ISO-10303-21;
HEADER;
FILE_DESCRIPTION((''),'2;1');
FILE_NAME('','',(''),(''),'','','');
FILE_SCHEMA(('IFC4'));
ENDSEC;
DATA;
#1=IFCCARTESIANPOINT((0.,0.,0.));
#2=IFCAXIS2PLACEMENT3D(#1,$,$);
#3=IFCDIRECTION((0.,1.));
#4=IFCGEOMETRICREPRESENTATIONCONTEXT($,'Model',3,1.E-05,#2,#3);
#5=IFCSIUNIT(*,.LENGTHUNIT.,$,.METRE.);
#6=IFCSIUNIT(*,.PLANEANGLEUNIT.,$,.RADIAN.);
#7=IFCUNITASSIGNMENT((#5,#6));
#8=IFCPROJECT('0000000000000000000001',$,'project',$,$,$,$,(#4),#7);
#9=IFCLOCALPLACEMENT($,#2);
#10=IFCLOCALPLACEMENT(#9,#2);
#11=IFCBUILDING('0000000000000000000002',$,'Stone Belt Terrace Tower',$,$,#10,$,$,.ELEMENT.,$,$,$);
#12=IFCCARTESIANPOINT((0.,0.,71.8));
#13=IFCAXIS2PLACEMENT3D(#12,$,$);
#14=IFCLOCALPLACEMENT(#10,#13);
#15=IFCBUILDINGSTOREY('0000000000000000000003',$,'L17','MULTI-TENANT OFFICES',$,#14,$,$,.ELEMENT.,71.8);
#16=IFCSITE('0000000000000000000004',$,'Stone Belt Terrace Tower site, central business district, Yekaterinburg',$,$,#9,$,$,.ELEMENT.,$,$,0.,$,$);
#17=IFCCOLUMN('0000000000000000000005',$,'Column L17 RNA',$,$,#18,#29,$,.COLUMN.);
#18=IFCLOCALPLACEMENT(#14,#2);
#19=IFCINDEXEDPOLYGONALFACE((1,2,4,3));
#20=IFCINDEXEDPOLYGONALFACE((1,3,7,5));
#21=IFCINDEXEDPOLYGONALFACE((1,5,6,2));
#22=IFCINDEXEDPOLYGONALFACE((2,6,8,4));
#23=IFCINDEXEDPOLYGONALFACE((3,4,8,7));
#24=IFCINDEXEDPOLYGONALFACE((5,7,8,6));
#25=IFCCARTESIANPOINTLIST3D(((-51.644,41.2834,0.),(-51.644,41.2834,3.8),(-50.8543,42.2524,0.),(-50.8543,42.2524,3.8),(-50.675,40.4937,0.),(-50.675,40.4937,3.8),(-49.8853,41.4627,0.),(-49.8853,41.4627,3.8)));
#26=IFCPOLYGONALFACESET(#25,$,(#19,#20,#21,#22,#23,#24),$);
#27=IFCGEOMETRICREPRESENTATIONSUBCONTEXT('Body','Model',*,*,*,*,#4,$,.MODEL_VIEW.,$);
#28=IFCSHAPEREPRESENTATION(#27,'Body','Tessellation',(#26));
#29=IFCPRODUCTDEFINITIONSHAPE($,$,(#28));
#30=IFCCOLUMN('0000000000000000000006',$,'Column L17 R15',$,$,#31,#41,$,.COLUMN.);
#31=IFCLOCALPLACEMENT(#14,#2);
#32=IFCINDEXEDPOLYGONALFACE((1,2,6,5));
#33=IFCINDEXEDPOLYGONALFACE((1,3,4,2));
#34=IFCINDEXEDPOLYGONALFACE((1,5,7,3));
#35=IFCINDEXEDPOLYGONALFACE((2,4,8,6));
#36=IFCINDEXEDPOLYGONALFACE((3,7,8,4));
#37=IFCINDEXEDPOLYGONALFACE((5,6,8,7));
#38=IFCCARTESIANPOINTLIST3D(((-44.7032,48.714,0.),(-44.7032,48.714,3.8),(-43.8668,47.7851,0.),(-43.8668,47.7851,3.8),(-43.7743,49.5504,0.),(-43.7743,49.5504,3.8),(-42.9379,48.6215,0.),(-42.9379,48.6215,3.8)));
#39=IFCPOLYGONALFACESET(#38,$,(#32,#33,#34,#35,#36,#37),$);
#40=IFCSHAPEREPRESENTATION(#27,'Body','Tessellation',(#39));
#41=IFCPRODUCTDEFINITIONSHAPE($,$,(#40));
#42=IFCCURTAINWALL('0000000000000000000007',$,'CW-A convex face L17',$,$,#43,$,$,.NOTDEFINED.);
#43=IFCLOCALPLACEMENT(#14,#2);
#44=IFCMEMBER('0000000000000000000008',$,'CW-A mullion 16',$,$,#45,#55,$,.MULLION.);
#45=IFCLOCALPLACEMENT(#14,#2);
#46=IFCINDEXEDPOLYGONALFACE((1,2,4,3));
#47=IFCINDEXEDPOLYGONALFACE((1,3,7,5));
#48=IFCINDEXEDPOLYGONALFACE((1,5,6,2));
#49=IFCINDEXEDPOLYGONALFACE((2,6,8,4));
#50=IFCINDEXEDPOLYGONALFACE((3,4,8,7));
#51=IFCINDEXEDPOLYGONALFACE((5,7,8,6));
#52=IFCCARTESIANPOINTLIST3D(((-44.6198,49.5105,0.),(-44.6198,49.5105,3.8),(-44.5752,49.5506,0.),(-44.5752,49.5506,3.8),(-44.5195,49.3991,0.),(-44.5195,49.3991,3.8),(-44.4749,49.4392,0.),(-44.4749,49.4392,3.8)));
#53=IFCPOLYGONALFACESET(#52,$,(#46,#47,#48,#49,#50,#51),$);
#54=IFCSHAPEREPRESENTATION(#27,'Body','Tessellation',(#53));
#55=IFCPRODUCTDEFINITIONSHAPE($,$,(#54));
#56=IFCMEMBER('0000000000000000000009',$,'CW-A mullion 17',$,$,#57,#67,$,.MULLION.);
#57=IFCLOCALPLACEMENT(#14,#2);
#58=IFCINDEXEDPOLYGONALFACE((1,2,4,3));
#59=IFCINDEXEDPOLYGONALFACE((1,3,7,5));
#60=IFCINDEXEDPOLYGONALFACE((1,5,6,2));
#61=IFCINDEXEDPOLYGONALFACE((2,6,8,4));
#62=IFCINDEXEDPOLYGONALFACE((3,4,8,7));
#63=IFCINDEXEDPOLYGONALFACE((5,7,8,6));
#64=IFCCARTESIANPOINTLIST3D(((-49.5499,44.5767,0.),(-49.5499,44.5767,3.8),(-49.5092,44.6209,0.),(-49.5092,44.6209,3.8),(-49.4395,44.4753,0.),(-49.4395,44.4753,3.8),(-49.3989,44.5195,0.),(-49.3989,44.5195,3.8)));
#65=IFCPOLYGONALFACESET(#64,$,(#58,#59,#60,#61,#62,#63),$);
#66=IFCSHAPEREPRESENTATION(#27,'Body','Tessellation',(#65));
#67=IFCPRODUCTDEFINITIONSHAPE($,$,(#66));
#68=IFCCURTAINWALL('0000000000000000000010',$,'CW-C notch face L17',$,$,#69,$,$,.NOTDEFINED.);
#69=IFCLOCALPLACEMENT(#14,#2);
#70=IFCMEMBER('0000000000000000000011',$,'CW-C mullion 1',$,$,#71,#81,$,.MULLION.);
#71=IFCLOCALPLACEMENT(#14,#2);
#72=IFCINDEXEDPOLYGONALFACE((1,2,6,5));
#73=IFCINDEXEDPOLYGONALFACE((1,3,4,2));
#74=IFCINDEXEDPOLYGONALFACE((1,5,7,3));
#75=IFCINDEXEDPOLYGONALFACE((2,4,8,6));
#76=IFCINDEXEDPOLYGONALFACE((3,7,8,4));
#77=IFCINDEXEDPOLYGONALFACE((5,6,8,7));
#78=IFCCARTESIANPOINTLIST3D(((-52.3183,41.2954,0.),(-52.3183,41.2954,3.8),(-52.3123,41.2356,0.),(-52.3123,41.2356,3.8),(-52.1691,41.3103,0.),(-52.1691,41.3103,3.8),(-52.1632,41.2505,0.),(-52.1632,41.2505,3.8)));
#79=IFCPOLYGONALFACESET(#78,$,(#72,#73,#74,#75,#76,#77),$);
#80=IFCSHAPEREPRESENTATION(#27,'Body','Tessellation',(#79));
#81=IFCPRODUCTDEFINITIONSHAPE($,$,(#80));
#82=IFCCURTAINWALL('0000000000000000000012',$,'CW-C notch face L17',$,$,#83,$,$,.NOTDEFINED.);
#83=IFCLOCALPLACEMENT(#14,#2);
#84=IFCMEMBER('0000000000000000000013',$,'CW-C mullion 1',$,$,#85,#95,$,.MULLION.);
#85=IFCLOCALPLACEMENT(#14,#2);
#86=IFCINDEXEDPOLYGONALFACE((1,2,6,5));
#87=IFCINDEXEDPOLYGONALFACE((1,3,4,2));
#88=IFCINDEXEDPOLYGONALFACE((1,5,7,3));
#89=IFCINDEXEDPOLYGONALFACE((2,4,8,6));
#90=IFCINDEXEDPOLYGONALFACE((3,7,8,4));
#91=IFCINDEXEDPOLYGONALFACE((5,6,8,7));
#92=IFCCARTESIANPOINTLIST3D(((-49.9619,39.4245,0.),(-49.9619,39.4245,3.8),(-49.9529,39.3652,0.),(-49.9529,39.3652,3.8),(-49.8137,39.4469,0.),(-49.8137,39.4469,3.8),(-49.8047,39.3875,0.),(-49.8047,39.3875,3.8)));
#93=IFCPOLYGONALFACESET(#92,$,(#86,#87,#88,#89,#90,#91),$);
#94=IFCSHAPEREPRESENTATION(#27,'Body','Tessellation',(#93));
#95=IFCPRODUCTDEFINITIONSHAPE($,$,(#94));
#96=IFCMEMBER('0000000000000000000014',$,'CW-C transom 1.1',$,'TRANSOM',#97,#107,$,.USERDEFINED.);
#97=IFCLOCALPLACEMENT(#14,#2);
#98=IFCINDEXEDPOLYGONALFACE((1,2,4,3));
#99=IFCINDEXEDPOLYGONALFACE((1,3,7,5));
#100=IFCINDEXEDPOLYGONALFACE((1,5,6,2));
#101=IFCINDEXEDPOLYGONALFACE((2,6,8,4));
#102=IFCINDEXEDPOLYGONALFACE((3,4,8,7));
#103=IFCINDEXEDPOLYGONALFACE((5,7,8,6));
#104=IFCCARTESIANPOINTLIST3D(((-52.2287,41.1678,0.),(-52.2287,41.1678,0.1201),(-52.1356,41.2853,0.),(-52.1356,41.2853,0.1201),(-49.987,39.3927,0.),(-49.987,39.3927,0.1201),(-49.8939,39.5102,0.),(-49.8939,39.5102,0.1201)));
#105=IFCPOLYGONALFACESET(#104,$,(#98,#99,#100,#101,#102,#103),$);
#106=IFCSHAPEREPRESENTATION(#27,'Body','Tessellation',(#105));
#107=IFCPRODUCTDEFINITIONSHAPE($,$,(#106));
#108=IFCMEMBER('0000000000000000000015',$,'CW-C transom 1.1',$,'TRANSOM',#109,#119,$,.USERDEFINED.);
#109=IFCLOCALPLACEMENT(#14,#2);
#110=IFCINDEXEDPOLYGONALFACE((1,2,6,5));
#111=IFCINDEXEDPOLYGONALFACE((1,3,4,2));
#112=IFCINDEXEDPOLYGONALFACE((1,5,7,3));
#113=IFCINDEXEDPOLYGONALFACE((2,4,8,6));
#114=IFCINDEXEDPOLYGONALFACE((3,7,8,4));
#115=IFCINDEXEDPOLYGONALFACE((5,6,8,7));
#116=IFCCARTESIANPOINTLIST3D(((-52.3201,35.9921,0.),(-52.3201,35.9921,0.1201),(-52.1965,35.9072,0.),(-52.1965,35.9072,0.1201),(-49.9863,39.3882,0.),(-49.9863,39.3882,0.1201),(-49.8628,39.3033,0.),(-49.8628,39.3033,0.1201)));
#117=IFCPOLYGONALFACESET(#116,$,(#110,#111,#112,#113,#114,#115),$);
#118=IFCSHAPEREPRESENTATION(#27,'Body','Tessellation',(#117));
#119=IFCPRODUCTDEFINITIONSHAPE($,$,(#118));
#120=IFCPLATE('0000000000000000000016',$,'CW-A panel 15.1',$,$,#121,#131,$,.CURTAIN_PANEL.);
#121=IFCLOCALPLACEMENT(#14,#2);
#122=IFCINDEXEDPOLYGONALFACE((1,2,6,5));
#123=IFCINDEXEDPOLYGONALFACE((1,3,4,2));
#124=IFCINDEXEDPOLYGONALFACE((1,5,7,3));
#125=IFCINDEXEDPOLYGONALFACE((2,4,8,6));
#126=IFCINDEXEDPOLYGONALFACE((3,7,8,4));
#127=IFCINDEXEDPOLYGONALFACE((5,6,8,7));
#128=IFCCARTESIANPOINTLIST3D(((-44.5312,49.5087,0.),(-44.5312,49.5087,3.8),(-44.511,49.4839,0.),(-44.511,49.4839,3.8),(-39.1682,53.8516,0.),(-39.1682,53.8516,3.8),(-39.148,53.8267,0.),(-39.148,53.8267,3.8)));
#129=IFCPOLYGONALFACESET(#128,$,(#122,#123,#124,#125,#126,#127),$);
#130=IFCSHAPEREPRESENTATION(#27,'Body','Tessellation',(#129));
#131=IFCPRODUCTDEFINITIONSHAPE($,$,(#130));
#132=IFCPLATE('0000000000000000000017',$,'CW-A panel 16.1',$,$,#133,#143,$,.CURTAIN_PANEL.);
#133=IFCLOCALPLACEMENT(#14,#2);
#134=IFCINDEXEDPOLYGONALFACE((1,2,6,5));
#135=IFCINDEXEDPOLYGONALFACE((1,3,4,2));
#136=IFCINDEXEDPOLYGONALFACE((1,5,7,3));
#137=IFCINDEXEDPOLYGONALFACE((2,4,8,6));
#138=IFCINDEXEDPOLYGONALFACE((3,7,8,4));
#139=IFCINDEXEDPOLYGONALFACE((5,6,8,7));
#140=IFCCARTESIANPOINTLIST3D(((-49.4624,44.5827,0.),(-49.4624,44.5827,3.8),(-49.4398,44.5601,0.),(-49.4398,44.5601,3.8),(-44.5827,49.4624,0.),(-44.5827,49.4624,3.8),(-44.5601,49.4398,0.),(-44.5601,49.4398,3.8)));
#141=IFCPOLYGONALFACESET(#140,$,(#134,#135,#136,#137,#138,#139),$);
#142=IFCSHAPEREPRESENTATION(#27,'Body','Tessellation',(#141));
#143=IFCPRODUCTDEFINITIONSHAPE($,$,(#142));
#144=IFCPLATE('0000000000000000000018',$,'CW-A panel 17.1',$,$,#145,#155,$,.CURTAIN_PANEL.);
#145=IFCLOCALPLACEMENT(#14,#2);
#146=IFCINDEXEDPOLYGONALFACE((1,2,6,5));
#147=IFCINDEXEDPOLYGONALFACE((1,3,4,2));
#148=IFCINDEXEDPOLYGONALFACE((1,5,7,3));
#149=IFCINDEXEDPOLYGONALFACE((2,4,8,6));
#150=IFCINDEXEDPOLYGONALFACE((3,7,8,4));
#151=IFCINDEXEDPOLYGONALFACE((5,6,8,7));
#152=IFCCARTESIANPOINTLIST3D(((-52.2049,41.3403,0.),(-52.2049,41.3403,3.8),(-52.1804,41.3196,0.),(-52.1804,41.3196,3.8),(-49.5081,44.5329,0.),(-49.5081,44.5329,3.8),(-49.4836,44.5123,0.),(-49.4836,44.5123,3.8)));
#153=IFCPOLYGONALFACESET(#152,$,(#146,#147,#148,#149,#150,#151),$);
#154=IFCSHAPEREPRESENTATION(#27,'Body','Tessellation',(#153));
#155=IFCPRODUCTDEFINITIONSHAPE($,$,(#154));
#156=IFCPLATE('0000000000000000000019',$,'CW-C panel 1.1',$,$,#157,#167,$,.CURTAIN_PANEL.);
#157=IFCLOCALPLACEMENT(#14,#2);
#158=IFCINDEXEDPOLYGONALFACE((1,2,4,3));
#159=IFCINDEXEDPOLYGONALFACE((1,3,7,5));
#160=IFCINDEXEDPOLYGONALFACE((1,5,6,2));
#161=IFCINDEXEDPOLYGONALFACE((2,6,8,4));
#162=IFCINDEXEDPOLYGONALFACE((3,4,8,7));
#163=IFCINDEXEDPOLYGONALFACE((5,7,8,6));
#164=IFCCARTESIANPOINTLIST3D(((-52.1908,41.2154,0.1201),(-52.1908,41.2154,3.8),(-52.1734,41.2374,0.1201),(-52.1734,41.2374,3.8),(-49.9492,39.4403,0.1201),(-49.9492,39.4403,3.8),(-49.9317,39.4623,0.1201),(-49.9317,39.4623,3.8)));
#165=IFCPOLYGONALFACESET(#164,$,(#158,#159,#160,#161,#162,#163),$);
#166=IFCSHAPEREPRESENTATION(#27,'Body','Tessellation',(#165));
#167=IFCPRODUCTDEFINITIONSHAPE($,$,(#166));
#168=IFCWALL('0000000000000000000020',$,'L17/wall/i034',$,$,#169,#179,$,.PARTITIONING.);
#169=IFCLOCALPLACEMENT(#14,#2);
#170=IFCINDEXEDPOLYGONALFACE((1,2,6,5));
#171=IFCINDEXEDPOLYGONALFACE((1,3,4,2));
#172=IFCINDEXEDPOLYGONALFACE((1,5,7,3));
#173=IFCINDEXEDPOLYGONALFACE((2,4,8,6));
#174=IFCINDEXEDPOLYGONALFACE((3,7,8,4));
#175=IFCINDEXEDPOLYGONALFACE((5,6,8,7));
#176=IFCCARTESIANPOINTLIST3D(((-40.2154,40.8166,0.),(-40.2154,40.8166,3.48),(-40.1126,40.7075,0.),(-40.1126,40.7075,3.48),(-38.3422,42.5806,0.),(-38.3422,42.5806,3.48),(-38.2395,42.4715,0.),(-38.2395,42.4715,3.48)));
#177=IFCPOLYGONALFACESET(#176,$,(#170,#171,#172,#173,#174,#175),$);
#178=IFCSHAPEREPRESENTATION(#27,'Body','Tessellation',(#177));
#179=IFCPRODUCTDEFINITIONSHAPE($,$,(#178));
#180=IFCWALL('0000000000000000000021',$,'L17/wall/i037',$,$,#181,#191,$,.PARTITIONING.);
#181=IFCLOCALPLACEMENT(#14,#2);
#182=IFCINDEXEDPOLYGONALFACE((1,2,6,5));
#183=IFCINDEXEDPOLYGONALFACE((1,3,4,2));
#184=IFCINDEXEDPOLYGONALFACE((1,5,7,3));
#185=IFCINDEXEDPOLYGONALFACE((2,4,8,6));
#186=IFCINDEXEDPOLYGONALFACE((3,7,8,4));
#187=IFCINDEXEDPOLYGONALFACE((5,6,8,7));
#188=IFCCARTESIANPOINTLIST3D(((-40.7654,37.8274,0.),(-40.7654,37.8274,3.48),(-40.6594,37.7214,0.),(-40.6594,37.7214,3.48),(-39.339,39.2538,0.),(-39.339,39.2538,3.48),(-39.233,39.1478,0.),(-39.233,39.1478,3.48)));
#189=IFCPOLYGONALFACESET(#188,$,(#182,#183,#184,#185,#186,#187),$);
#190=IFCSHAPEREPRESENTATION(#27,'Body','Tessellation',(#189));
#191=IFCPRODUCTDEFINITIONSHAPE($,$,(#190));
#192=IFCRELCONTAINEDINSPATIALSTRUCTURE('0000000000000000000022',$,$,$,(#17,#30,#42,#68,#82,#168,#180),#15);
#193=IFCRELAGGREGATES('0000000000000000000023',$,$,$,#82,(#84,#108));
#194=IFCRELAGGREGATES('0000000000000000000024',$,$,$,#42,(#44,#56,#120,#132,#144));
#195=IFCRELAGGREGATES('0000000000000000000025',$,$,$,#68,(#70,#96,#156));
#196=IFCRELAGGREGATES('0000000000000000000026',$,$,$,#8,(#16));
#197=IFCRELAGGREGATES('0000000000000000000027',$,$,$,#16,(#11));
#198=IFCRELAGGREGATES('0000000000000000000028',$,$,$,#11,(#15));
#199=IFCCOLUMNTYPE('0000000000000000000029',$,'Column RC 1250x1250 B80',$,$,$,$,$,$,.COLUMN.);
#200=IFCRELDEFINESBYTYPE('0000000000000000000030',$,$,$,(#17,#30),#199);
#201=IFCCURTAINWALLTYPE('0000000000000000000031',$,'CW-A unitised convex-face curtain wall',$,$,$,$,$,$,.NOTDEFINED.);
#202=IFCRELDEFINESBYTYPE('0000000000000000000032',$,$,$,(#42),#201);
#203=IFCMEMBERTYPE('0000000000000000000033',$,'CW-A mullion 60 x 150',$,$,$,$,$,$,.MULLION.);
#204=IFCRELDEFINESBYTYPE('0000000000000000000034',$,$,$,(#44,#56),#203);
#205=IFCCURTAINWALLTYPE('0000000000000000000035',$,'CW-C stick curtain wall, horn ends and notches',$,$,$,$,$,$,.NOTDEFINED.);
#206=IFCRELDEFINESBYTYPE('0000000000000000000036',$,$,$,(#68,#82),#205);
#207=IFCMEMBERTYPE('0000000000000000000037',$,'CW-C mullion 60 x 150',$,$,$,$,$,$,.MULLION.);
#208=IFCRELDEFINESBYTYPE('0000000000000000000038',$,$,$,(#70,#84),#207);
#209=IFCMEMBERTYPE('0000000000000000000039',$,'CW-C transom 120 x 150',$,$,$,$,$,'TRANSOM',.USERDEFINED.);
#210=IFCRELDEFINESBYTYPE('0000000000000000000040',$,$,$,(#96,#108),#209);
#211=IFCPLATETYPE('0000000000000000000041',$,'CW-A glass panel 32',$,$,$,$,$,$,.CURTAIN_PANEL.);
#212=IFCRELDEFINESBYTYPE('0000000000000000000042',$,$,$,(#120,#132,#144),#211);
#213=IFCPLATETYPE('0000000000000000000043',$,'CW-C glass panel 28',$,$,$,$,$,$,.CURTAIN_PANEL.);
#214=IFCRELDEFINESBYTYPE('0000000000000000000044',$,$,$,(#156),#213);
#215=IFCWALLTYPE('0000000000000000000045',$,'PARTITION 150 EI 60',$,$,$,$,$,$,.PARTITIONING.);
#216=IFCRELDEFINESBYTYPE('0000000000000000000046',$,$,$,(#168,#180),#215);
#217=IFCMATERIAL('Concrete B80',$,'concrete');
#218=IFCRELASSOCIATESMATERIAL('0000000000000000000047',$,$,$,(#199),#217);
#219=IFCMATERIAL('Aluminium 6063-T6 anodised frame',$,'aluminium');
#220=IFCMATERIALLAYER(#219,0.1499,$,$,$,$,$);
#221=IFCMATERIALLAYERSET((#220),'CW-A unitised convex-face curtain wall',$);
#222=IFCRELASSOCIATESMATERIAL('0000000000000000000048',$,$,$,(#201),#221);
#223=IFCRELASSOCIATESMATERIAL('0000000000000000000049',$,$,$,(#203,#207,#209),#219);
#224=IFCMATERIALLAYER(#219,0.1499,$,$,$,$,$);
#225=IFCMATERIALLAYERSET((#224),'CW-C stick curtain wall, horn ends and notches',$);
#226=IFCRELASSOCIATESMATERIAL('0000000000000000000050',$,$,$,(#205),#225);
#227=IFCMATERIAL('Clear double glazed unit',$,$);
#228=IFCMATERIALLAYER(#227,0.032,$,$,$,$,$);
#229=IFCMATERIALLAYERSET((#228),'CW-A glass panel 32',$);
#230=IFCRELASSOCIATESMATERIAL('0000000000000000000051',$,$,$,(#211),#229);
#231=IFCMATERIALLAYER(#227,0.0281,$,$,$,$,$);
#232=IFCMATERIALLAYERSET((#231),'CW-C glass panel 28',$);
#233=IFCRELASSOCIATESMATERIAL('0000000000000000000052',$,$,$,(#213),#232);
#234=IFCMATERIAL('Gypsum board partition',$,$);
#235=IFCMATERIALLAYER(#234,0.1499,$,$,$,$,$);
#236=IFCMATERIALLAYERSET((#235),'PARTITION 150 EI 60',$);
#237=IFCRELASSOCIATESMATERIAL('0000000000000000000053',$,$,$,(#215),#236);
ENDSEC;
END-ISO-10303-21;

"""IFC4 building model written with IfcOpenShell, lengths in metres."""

from ifc_helpers import new_model, si_unit, direction, frame, frame_2d, origin, origin_2d, place, context, subcontext, project, spatial, rectangle, extrude, material, layer, layer_set, material_profile, profile_set, type_object, element, aggregate, save


model = new_model("IFC4")

# Units and contexts
model_context = context("Model", 3, precision=1e-05, world=origin(), true_north=direction((0.0, 1.0)))
body_context = subcontext(model_context, "Body", "Model", "MODEL_VIEW")
ifc_project = project(units=[si_unit("LENGTHUNIT", "METRE"), si_unit("PLANEANGLEUNIT", "RADIAN")], contexts=[model_context])

# Site, building, storey
site_placement = place(None, origin())
site = spatial("IfcSite", under=ifc_project, at=site_placement, Name="Stone Belt Terrace Tower site, central business district, Yekaterinburg", CompositionType="ELEMENT", RefElevation=0.0)
building_placement = place(site_placement, origin())
building = spatial("IfcBuilding", under=site, at=building_placement, Name="Stone Belt Terrace Tower", CompositionType="ELEMENT")
storey_placement = place(building_placement, frame((0.0, 0.0, 71.8)))
storey = spatial("IfcBuildingStorey", under=building, at=storey_placement, Name="L17", Description="MULTI-TENANT OFFICES", CompositionType="ELEMENT", Elevation=71.8)

# Columns
ifc_material_1 = material(Name="Concrete B80", Category="concrete")
ifc_material_profile_1 = material_profile(ifc_material_1, rectangle(XDim=1.25, YDim=1.25, at=origin_2d()), Name="RC 1250x1250")
ifc_profile_set_1 = profile_set([ifc_material_profile_1], Name="Concrete B80")
column_type = type_object("IfcColumnType", Name="Column RC 1250x1250 B80", PredefinedType="COLUMN", material=ifc_profile_set_1)
for number, where, z_axis, x_axis, name in (
    (1, (-50.7646, 41.373, 0.0), (0.0, 0.0, 1.0), (0.631759, 0.775165, 0.0), "Column L17 RNA"),
    (2, (-43.8206, 48.6677, 0.0), (0.0, 0.0, 1.0), (0.743145, 0.669131, 0.0), "Column L17 R15"),
):
    element("IfcColumn", number, at=place(storey_placement, frame(where, z_axis=z_axis, x_axis=x_axis)), inside=storey, type_object=column_type, Name=name, PredefinedType="COLUMN", context=body_context, shape_type="SweptSolid", body=[
        extrude(rectangle(XDim=1.25, YDim=1.25, at=origin_2d()), origin(), (0.0, 0.0, 1.0), 3.8),
    ])

# Curtain wall, members
ifc_material_2 = material(Name="Aluminium 6063-T6 anodised frame", Category="aluminium")
ifc_layer_1 = layer(ifc_material_2, 0.1499)
ifc_layer_set_1 = layer_set([ifc_layer_1], Name="CW-A unitised convex-face curtain wall")
curtain_wall_type_1 = type_object("IfcCurtainWallType", Name="CW-A unitised convex-face curtain wall", PredefinedType="NOTDEFINED", material=ifc_layer_set_1)
curtain_wall_1_placement = place(storey_placement, origin())
curtain_wall_1 = element("IfcCurtainWall", 3, at=curtain_wall_1_placement, inside=storey, type_object=curtain_wall_type_1, Name="CW-A convex face L17", PredefinedType="NOTDEFINED")
ifc_material_profile_2 = material_profile(ifc_material_2, rectangle(XDim=0.1499, YDim=0.0601, at=origin_2d()), Name="Aluminium 6063-T6 60x150")
ifc_profile_set_2 = profile_set([ifc_material_profile_2], Name="Aluminium 6063-T6 anodised frame")
member_type_1 = type_object("IfcMemberType", Name="CW-A mullion 60 x 150", PredefinedType="MULLION", material=ifc_profile_set_2)
member_1_placement = place(storey_placement, frame((-44.5474, 49.4749, 0.0), z_axis=(0.0, 0.0, 1.0), x_axis=(0.669131, -0.743145, 0.0)))
member_1 = element("IfcMember", 4, at=member_1_placement, type_object=member_type_1, Name="CW-A mullion 16", PredefinedType="MULLION", context=body_context, shape_type="SweptSolid", body=[
    extrude(rectangle(XDim=0.1499, YDim=0.0601, at=origin_2d()), origin(), (0.0, 0.0, 1.0), 3.8),
])
member_2_placement = place(storey_placement, frame((-49.4744, 44.5481, 0.0), z_axis=(0.0, 0.0, 1.0), x_axis=(0.736171, -0.676796, 0.0)))
member_2 = element("IfcMember", 5, at=member_2_placement, type_object=member_type_1, Name="CW-A mullion 17", PredefinedType="MULLION", context=body_context, shape_type="SweptSolid", body=[
    extrude(rectangle(XDim=0.1499, YDim=0.0601, at=origin_2d()), origin(), (0.0, 0.0, 1.0), 3.8),
])

# Curtain walls, members
ifc_layer_2 = layer(ifc_material_2, 0.1499)
ifc_layer_set_2 = layer_set([ifc_layer_2], Name="CW-C stick curtain wall, horn ends and notches")
curtain_wall_type_2 = type_object("IfcCurtainWallType", Name="CW-C stick curtain wall, horn ends and notches", PredefinedType="NOTDEFINED", material=ifc_layer_set_2)
curtain_wall_2_placement = place(storey_placement, origin())
curtain_wall_2 = element("IfcCurtainWall", 6, at=curtain_wall_2_placement, inside=storey, type_object=curtain_wall_type_2, Name="CW-C notch face L17", PredefinedType="NOTDEFINED")
ifc_material_profile_3 = material_profile(ifc_material_2, rectangle(XDim=0.1499, YDim=0.0601, at=origin_2d()), Name="Aluminium 6063-T6 60x150")
ifc_profile_set_3 = profile_set([ifc_material_profile_3], Name="Aluminium 6063-T6 anodised frame")
member_type_2 = type_object("IfcMemberType", Name="CW-C mullion 60 x 150", PredefinedType="MULLION", material=ifc_profile_set_3)
member_3_placement = place(storey_placement, frame((-52.2407, 41.2729, 0.0), z_axis=(0.0, 0.0, 1.0), x_axis=(0.995023, 0.099645, 0.0)))
member_3 = element("IfcMember", 7, at=member_3_placement, type_object=member_type_2, Name="CW-C mullion 1", PredefinedType="MULLION", context=body_context, shape_type="SweptSolid", body=[
    extrude(rectangle(XDim=0.1499, YDim=0.0601, at=origin_2d()), origin(), (0.0, 0.0, 1.0), 3.8),
])
curtain_wall_3_placement = place(storey_placement, origin())
curtain_wall_3 = element("IfcCurtainWall", 8, at=curtain_wall_3_placement, inside=storey, type_object=curtain_wall_type_2, Name="CW-C notch face L17", PredefinedType="NOTDEFINED")
member_4_placement = place(storey_placement, frame((-49.8833, 39.406, 0.0), z_axis=(0.0, 0.0, 1.0), x_axis=(0.988851, 0.148906, 0.0)))
member_4 = element("IfcMember", 9, at=member_4_placement, type_object=member_type_2, Name="CW-C mullion 1", PredefinedType="MULLION", context=body_context, shape_type="SweptSolid", body=[
    extrude(rectangle(XDim=0.1499, YDim=0.0601, at=origin_2d()), origin(), (0.0, 0.0, 1.0), 3.8),
])

# Members
ifc_material_profile_4 = material_profile(ifc_material_2, rectangle(XDim=0.1499, YDim=0.1201, at=origin_2d()), Name="Aluminium 6063-T6 150x120")
ifc_profile_set_4 = profile_set([ifc_material_profile_4], Name="Aluminium 6063-T6 anodised frame")
member_type_3 = type_object("IfcMemberType", Name="CW-C transom 120 x 150", ElementType="TRANSOM", PredefinedType="USERDEFINED", material=ifc_profile_set_4)
member_5_placement = place(storey_placement, frame((-52.1821, 41.2266, 0.0601), z_axis=(0.783966, -0.620804, 0.0), x_axis=(0.620804, 0.783966, 0.0)))
member_5 = element("IfcMember", 10, at=member_5_placement, type_object=member_type_3, Name="CW-C transom 1.1", ObjectType="TRANSOM", PredefinedType="USERDEFINED", context=body_context, shape_type="SweptSolid", body=[
    extrude(rectangle(XDim=0.1499, YDim=0.1201, at=origin_2d()), origin(), (0.0, 0.0, 1.0), 2.8594),
])
member_6_placement = place(storey_placement, frame((-49.9246, 39.3457, 0.0601), z_axis=(-0.566363, -0.824156, 0.0), x_axis=(0.824156, -0.566363, 0.0)))
member_6 = element("IfcMember", 11, at=member_6_placement, type_object=member_type_3, Name="CW-C transom 1.1", ObjectType="TRANSOM", PredefinedType="USERDEFINED", context=body_context, shape_type="SweptSolid", body=[
    extrude(rectangle(XDim=0.1499, YDim=0.1201, at=origin_2d()), origin(), (0.0, 0.0, 1.0), 4.1206),
])
aggregate(curtain_wall_3, [member_4, member_6])

# Plates
ifc_material_3 = material(Name="Clear double glazed unit")
ifc_layer_3 = layer(ifc_material_3, 0.032)
ifc_layer_set_3 = layer_set([ifc_layer_3], Name="CW-A glass panel 32")
plate_type_1 = type_object("IfcPlateType", Name="CW-A glass panel 32", PredefinedType="CURTAIN_PANEL", material=ifc_layer_set_3)
plate_1_placement = place(storey_placement, frame((-41.8396, 51.6677, 0.0), z_axis=(0.0, 0.0, 1.0), x_axis=(-0.777146, -0.62932, 0.0)))
plate_1 = element("IfcPlate", 12, at=plate_1_placement, type_object=plate_type_1, Name="CW-A panel 15.1", PredefinedType="CURTAIN_PANEL", context=body_context, shape_type="SweptSolid", body=[
    extrude(rectangle(XDim=6.9009, YDim=0.032, at=origin_2d()), origin(), (0.0, 0.0, 1.0), 3.8),
])
plate_2_placement = place(storey_placement, frame((-47.0112, 47.0112, 0.0), z_axis=(0.0, 0.0, 1.0), x_axis=(-0.707107, -0.707107, 0.0)))
plate_2 = element("IfcPlate", 13, at=plate_2_placement, type_object=plate_type_1, Name="CW-A panel 16.1", PredefinedType="CURTAIN_PANEL", context=body_context, shape_type="SweptSolid", body=[
    extrude(rectangle(XDim=6.9009, YDim=0.032, at=origin_2d()), origin(), (0.0, 0.0, 1.0), 3.8),
])
plate_3_placement = place(storey_placement, frame((-50.8442, 42.9263, 0.0), z_axis=(0.0, 0.0, 1.0), x_axis=(-0.645291, -0.763937, 0.0)))
plate_3 = element("IfcPlate", 14, at=plate_3_placement, type_object=plate_type_1, Name="CW-A panel 17.1", PredefinedType="CURTAIN_PANEL", context=body_context, shape_type="SweptSolid", body=[
    extrude(rectangle(XDim=4.1792, YDim=0.032, at=origin_2d()), origin(), (0.0, 0.0, 1.0), 3.8),
])
aggregate(curtain_wall_1, [member_1, member_2, plate_1, plate_2, plate_3])
ifc_layer_4 = layer(ifc_material_3, 0.0281)
ifc_layer_set_4 = layer_set([ifc_layer_4], Name="CW-C glass panel 28")
plate_type_2 = type_object("IfcPlateType", Name="CW-C glass panel 28", PredefinedType="CURTAIN_PANEL", material=ifc_layer_set_4)
plate_4_placement = place(storey_placement, frame((-51.0613, 40.3389, 0.1201), z_axis=(0.0, 0.0, 1.0), x_axis=(0.783964, -0.620807, 0.0)))
plate_4 = element("IfcPlate", 15, at=plate_4_placement, type_object=plate_type_2, Name="CW-C panel 1.1", PredefinedType="CURTAIN_PANEL", context=body_context, shape_type="SweptSolid", body=[
    extrude(rectangle(XDim=2.8594, YDim=0.0281, at=origin_2d()), origin(), (0.0, 0.0, 1.0), 3.6799),
])
aggregate(curtain_wall_2, [member_3, member_5, plate_4])

# Walls
ifc_material_4 = material(Name="Gypsum board partition")
ifc_layer_5 = layer(ifc_material_4, 0.1499)
ifc_layer_set_5 = layer_set([ifc_layer_5], Name="PARTITION 150 EI 60")
wall_type = type_object("IfcWallType", Name="PARTITION 150 EI 60", PredefinedType="PARTITIONING", material=ifc_layer_set_5)
wall_1_placement = place(storey_placement, frame((-40.1641, 40.762, 0.0), z_axis=(0.0, 0.0, 1.0), x_axis=(0.727997, 0.685581, 0.0)))
element("IfcWall", 16, at=wall_1_placement, inside=storey, type_object=wall_type, Name="L17/wall/i034", PredefinedType="PARTITIONING", context=body_context, shape_type="SweptSolid", body=[
    extrude(rectangle(XDim=2.573, YDim=0.1499, at=frame_2d((1.2866, 0.0))), origin(), (0.0, 0.0, 1.0), 3.48),
])
wall_2_placement = place(storey_placement, frame((-39.2859, 39.2009, 0.0), z_axis=(0.0, 0.0, 1.0), x_axis=(-0.707107, -0.707107, 0.0)))
element("IfcWall", 17, at=wall_2_placement, inside=storey, type_object=wall_type, Name="L17/wall/i037", PredefinedType="PARTITIONING", context=body_context, shape_type="SweptSolid", body=[
    extrude(rectangle(XDim=2.0173, YDim=0.1499, at=frame_2d((1.0088, 0.0))), origin(), (0.0, 0.0, 1.0), 3.48),
])

save(model, "model.ifc")
